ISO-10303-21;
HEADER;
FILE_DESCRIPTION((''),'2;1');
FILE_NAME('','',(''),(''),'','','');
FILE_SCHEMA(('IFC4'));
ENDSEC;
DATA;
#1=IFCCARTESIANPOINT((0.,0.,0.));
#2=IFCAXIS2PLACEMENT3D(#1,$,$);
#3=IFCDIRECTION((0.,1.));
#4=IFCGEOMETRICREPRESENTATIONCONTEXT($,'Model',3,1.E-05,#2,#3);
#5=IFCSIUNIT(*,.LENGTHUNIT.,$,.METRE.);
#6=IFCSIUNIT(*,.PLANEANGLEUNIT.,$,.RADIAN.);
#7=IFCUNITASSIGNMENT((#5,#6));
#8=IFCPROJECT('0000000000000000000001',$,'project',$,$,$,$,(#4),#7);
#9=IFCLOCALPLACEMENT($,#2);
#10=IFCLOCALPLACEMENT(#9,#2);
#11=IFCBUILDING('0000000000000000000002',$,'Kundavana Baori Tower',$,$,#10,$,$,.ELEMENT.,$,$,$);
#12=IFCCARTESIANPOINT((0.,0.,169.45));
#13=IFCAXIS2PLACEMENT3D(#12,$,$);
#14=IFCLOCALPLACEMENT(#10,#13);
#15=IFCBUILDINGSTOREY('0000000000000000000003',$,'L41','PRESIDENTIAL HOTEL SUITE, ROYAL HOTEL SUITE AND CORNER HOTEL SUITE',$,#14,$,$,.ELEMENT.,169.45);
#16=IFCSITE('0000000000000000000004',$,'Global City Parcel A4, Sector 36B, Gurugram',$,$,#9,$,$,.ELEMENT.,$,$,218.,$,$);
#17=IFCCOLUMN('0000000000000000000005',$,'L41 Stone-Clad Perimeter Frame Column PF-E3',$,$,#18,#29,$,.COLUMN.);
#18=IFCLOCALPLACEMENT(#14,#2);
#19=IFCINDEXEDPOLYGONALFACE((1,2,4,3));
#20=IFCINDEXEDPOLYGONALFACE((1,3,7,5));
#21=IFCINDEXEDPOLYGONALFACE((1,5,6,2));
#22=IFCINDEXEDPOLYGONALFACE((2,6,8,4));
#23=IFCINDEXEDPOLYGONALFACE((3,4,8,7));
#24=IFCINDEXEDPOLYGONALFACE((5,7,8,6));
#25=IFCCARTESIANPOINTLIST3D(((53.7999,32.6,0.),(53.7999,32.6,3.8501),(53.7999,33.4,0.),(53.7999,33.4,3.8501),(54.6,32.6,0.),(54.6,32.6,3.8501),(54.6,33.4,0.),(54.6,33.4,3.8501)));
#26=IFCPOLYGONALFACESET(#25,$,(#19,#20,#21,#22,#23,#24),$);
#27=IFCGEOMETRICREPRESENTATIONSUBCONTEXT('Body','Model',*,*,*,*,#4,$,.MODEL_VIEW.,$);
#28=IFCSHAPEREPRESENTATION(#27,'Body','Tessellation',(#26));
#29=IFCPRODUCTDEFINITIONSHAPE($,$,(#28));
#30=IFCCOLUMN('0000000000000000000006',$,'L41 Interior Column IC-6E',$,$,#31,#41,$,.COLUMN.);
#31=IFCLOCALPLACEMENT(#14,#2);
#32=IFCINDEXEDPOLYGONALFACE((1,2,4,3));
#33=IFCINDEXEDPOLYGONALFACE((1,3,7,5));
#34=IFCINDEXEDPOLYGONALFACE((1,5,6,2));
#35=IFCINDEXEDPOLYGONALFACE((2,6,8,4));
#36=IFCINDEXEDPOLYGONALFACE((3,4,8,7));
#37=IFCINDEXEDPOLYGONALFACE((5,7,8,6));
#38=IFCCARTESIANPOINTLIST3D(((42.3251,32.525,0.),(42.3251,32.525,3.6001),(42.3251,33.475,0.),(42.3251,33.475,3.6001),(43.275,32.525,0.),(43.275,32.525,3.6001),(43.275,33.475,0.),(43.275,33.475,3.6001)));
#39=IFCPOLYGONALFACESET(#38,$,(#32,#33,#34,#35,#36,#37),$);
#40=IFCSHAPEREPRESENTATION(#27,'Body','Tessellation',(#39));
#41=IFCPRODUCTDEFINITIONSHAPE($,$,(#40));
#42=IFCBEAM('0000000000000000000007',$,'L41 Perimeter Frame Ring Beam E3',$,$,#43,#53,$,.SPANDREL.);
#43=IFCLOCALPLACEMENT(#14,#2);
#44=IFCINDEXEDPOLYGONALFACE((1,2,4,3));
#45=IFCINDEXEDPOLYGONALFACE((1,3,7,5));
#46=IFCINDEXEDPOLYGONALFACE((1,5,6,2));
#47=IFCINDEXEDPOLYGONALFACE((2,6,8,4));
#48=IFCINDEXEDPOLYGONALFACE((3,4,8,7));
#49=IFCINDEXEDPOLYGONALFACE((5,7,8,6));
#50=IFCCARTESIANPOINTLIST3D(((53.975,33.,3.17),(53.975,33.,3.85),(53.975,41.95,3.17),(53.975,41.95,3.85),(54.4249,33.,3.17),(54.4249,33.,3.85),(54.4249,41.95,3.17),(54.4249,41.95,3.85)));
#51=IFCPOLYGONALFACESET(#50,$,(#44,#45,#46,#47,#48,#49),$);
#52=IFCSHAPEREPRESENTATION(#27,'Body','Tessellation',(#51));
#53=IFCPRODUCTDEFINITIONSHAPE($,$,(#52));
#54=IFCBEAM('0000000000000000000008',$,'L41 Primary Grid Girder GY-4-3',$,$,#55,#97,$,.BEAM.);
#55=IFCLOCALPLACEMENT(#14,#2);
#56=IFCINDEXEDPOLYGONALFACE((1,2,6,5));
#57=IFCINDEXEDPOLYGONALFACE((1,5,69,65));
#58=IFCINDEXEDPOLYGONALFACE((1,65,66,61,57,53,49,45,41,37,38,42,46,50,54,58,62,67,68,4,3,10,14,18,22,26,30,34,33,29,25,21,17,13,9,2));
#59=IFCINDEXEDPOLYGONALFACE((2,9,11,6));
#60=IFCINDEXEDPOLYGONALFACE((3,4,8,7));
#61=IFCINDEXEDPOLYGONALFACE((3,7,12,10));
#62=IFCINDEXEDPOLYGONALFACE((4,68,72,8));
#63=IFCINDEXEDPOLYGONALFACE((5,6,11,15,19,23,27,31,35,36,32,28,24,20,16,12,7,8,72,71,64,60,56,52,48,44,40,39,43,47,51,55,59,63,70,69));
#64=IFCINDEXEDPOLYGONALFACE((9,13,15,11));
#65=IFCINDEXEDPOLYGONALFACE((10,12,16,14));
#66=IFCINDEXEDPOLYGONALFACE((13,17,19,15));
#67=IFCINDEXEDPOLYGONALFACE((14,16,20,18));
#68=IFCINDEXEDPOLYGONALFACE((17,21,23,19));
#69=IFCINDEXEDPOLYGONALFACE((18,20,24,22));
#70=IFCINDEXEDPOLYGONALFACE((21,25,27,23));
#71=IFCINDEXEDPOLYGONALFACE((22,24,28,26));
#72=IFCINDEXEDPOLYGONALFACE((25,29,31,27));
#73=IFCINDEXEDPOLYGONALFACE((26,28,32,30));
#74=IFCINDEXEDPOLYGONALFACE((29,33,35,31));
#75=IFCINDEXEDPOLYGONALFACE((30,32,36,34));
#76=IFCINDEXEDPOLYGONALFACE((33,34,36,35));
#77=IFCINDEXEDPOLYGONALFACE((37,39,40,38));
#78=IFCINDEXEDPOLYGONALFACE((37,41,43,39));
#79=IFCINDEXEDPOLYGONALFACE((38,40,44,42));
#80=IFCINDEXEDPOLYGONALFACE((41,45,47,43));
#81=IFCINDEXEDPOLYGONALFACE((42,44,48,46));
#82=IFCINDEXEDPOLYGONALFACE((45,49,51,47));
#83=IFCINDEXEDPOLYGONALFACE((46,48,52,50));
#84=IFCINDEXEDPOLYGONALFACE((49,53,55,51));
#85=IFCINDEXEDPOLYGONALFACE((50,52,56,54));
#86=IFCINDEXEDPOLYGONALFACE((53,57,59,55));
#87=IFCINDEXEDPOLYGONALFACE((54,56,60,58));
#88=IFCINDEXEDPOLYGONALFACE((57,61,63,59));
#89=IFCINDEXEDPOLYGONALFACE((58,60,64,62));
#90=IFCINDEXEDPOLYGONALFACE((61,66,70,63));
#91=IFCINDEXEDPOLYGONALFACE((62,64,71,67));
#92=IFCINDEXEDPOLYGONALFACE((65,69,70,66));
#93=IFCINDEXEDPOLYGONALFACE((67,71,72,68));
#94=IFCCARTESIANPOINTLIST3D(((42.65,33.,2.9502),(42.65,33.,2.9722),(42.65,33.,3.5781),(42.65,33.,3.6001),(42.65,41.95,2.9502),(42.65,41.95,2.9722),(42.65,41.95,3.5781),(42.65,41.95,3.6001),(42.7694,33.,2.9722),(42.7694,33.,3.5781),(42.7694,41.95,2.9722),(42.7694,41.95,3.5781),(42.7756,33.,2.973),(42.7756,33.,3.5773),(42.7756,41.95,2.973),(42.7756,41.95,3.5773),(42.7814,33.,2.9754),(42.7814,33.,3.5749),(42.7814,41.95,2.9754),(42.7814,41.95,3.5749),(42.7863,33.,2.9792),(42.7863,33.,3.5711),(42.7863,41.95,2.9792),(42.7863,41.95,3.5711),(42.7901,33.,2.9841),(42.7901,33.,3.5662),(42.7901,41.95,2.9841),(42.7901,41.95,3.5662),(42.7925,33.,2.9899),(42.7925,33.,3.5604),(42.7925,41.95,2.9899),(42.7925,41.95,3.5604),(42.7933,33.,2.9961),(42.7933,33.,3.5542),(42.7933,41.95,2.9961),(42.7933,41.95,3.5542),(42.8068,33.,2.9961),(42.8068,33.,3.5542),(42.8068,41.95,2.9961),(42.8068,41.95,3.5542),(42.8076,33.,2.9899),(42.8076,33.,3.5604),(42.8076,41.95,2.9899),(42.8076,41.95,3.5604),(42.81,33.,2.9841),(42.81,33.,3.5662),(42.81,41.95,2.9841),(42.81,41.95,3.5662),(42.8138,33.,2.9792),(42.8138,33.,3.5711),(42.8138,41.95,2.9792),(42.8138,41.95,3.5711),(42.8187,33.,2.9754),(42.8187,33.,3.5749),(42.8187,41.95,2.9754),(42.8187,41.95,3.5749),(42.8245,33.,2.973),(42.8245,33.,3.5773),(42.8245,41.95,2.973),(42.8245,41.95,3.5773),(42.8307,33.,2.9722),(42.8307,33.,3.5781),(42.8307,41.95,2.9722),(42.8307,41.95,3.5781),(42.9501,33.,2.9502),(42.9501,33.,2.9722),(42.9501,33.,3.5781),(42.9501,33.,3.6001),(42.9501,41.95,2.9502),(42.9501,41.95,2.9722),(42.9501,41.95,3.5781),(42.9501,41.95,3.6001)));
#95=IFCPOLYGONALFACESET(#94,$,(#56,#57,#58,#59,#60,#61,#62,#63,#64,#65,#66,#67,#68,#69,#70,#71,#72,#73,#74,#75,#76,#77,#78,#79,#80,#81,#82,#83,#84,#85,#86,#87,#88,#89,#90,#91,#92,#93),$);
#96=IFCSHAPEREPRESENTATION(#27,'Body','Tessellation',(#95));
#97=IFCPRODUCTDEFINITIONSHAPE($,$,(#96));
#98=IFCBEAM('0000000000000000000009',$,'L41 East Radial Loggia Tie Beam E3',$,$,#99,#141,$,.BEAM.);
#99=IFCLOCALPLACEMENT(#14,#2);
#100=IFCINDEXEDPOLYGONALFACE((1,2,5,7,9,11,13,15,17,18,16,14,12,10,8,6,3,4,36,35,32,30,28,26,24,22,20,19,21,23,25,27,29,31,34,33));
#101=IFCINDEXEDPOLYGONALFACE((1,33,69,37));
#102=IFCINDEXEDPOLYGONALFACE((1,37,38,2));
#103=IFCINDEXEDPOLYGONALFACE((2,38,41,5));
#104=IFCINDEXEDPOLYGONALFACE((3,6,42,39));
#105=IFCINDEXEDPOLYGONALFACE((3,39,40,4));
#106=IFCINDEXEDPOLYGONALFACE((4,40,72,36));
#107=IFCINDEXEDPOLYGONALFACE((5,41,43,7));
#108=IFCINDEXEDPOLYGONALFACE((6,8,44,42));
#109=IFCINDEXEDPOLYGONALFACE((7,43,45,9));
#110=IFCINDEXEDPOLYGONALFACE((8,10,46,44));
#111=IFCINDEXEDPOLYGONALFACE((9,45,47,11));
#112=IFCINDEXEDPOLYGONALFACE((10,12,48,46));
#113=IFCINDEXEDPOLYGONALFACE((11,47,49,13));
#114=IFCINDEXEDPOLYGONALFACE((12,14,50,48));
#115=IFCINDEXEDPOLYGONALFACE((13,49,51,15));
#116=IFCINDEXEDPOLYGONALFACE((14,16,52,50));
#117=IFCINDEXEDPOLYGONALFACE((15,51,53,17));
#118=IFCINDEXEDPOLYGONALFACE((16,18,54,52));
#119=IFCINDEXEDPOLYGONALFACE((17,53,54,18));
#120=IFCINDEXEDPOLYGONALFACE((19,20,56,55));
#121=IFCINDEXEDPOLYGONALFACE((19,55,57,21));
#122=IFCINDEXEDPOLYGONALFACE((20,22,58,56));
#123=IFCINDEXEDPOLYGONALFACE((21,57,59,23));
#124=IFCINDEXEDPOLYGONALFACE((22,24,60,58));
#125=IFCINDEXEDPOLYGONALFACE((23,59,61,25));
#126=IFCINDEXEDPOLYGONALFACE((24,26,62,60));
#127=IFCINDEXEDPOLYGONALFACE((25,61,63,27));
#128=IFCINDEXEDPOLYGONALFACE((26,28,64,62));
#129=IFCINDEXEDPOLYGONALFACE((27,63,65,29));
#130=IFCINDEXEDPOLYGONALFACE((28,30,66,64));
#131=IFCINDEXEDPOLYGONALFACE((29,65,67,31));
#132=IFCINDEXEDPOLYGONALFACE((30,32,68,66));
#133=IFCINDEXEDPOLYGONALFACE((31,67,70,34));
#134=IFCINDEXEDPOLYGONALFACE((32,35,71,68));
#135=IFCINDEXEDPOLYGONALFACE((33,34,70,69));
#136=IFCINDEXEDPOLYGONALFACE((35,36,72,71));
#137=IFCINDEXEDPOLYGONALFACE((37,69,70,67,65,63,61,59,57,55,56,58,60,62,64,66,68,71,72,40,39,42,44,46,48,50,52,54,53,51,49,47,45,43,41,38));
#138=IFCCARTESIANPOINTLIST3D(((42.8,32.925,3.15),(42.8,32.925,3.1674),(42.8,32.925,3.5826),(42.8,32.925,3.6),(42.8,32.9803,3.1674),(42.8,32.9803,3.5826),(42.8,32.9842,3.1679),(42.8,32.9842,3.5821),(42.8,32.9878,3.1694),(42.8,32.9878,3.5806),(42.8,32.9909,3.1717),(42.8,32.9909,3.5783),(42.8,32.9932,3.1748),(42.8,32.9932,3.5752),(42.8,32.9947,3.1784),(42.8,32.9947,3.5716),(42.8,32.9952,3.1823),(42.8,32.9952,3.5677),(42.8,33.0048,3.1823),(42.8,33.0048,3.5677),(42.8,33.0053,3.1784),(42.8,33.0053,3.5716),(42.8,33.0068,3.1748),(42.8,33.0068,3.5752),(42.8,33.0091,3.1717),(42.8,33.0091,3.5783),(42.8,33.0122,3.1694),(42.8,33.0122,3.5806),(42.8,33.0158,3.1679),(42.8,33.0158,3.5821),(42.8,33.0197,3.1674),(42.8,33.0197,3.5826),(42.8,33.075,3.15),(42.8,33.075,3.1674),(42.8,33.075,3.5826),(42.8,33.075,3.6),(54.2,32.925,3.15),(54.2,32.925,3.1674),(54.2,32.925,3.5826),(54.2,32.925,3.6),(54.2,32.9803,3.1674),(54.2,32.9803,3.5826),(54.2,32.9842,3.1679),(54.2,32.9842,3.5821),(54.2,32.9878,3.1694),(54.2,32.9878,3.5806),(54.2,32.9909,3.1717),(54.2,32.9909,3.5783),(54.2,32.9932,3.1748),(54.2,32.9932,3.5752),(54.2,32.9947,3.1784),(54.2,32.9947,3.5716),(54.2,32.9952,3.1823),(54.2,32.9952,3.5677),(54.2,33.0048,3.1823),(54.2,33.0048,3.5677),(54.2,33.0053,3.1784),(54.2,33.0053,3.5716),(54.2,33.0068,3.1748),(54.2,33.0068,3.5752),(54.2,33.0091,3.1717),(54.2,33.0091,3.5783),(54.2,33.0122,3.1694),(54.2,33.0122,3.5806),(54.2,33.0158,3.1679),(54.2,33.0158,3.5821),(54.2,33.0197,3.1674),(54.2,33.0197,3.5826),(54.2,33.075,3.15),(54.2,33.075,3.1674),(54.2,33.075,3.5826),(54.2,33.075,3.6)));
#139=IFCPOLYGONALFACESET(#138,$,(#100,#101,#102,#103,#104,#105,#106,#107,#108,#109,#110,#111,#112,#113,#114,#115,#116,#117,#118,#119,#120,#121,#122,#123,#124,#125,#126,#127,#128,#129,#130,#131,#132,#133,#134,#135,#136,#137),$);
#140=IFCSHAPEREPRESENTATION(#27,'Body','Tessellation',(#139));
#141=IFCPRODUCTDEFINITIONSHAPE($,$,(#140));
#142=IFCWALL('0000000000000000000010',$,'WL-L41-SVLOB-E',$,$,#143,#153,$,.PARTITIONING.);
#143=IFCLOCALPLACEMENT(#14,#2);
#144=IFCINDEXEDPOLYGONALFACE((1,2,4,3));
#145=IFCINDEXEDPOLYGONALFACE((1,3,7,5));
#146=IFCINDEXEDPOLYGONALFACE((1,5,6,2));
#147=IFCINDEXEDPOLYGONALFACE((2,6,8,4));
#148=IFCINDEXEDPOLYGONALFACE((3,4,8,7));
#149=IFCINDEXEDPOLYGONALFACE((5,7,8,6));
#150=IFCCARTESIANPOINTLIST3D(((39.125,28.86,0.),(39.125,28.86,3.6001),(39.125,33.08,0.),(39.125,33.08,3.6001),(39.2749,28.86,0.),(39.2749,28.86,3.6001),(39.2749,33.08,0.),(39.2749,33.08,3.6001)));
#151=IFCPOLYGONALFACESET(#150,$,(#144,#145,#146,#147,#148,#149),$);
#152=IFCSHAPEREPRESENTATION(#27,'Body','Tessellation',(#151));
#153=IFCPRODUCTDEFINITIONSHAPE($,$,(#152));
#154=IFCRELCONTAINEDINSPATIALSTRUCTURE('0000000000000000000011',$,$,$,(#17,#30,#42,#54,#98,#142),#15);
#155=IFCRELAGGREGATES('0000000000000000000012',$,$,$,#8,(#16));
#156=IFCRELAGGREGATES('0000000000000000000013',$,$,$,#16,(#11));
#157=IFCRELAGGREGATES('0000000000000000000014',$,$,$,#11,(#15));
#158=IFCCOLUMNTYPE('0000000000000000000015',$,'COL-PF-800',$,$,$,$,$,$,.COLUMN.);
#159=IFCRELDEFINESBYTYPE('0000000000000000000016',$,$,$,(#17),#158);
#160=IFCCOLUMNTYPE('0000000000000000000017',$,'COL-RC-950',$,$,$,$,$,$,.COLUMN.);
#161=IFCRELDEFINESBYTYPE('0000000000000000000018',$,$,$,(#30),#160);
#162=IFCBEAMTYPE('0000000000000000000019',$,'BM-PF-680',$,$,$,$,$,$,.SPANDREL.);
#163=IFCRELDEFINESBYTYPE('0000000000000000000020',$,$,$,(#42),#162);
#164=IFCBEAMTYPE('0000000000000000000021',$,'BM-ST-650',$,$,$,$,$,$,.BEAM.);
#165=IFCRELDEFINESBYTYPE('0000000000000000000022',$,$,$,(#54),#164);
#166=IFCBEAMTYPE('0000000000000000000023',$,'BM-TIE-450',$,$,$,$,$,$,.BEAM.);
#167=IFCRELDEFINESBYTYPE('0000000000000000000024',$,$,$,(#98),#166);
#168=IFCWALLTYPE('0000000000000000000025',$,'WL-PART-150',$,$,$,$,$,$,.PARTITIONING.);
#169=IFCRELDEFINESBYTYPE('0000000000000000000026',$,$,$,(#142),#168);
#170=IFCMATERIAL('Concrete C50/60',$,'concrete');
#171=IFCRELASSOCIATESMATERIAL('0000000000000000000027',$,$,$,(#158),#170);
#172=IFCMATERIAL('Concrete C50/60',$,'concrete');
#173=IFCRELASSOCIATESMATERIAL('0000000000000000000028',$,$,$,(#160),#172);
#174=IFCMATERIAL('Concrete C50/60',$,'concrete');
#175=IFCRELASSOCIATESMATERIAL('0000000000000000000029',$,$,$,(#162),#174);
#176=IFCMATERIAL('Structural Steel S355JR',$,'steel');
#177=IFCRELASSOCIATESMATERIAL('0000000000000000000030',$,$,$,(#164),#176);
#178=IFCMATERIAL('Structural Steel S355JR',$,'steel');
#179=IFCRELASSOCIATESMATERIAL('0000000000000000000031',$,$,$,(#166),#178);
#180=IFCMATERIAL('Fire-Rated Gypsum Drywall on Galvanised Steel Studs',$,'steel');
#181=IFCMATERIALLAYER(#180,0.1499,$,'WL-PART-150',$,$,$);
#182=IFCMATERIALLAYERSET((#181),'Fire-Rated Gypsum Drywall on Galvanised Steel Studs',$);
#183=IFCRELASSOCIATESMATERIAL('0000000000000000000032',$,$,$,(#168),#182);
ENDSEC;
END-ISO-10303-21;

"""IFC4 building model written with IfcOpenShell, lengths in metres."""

from ifc_helpers import new_model, si_unit, direction, frame, frame_2d, origin, origin_2d, place, context, subcontext, project, spatial, rectangle, i_section, extrude, material, layer, layer_set, material_profile, profile_set, type_object, element, save


model = new_model("IFC4")

# Units and contexts
model_context = context("Model", 3, precision=1e-05, world=origin(), true_north=direction((0.0, 1.0)))
body_context = subcontext(model_context, "Body", "Model", "MODEL_VIEW")
ifc_project = project(units=[si_unit("LENGTHUNIT", "METRE"), si_unit("PLANEANGLEUNIT", "RADIAN")], contexts=[model_context])

# Site, building, storey
site_placement = place(None, origin())
site = spatial("IfcSite", under=ifc_project, at=site_placement, Name="Global City Parcel A4, Sector 36B, Gurugram", CompositionType="ELEMENT", RefElevation=218.0)
building_placement = place(site_placement, origin())
building = spatial("IfcBuilding", under=site, at=building_placement, Name="Kundavana Baori Tower", CompositionType="ELEMENT")
storey_placement = place(building_placement, frame((0.0, 0.0, 169.45)))
storey = spatial("IfcBuildingStorey", under=building, at=storey_placement, Name="L41", Description="PRESIDENTIAL HOTEL SUITE, ROYAL HOTEL SUITE AND CORNER HOTEL SUITE", CompositionType="ELEMENT", Elevation=169.45)

# Columns
ifc_material_1 = material(Name="Concrete C50/60", Category="concrete")
ifc_material_profile_1 = material_profile(ifc_material_1, rectangle(XDim=0.8, YDim=0.8, at=origin_2d()), Name="RC PF 800x800")
ifc_profile_set_1 = profile_set([ifc_material_profile_1], Name="Concrete C50/60")
column_type_1 = type_object("IfcColumnType", Name="COL-PF-800", PredefinedType="COLUMN", material=ifc_profile_set_1)
column_1_placement = place(storey_placement, frame((54.2, 33.0, 0.0), z_axis=(0.0, 0.0, 1.0), x_axis=(1.0, 0.0, 0.0)))
element("IfcColumn", 1, at=column_1_placement, inside=storey, type_object=column_type_1, Name="L41 Stone-Clad Perimeter Frame Column PF-E3", PredefinedType="COLUMN", context=body_context, shape_type="SweptSolid", body=[
    extrude(rectangle(XDim=0.8, YDim=0.8, at=origin_2d()), origin(), (0.0, 0.0, 1.0), 3.8501),
])
ifc_material_2 = material(Name="Concrete C50/60", Category="concrete")
ifc_material_profile_2 = material_profile(ifc_material_2, rectangle(XDim=0.95, YDim=0.95, at=origin_2d()), Name="RC 950x950")
ifc_profile_set_2 = profile_set([ifc_material_profile_2], Name="Concrete C50/60")
column_type_2 = type_object("IfcColumnType", Name="COL-RC-950", PredefinedType="COLUMN", material=ifc_profile_set_2)
column_2_placement = place(storey_placement, frame((42.8, 33.0, 0.0), z_axis=(0.0, 0.0, 1.0), x_axis=(1.0, 0.0, 0.0)))
element("IfcColumn", 2, at=column_2_placement, inside=storey, type_object=column_type_2, Name="L41 Interior Column IC-6E", PredefinedType="COLUMN", context=body_context, shape_type="SweptSolid", body=[
    extrude(rectangle(XDim=0.95, YDim=0.95, at=origin_2d()), origin(), (0.0, 0.0, 1.0), 3.6001),
])

# Beams
ifc_material_3 = material(Name="Concrete C50/60", Category="concrete")
ifc_material_profile_3 = material_profile(ifc_material_3, rectangle(XDim=0.45, YDim=0.6799, at=origin_2d()), Name="RC BM 450x680")
ifc_profile_set_3 = profile_set([ifc_material_profile_3], Name="Concrete C50/60")
beam_type_1 = type_object("IfcBeamType", Name="BM-PF-680", PredefinedType="SPANDREL", material=ifc_profile_set_3)
beam_1_placement = place(storey_placement, frame((54.2, 33.0, 3.51), z_axis=(0.0, 1.0, 0.0), x_axis=(-1.0, 0.0, 0.0)))
element("IfcBeam", 3, at=beam_1_placement, inside=storey, type_object=beam_type_1, Name="L41 Perimeter Frame Ring Beam E3", PredefinedType="SPANDREL", context=body_context, shape_type="SweptSolid", body=[
    extrude(rectangle(XDim=0.45, YDim=0.6799, at=origin_2d()), origin(), (0.0, 0.0, 1.0), 8.95),
])
ifc_material_4 = material(Name="Structural Steel S355JR", Category="steel")
ifc_material_profile_4 = material_profile(ifc_material_4, i_section(OverallWidth=0.3, OverallDepth=0.6499, WebThickness=0.0134, FlangeThickness=0.022, FilletRadius=0.0239, at=origin_2d()), Name="NPB 650x300x155")
ifc_profile_set_4 = profile_set([ifc_material_profile_4], Name="Structural Steel S355JR")
beam_type_2 = type_object("IfcBeamType", Name="BM-ST-650", PredefinedType="BEAM", material=ifc_profile_set_4)
beam_2_placement = place(storey_placement, frame((42.8, 33.0, 3.2751), z_axis=(0.0, 1.0, 0.0), x_axis=(-1.0, 0.0, 0.0)))
element("IfcBeam", 4, at=beam_2_placement, inside=storey, type_object=beam_type_2, Name="L41 Primary Grid Girder GY-4-3", PredefinedType="BEAM", context=body_context, shape_type="SweptSolid", body=[
    extrude(i_section(OverallWidth=0.3, OverallDepth=0.6499, WebThickness=0.0134, FlangeThickness=0.022, FilletRadius=0.0239, at=origin_2d()), origin(), (0.0, 0.0, 1.0), 8.95),
])
ifc_material_5 = material(Name="Structural Steel S355JR", Category="steel")
ifc_material_profile_5 = material_profile(ifc_material_5, i_section(OverallWidth=0.1499, OverallDepth=0.45, WebThickness=0.0095, FlangeThickness=0.0173, FilletRadius=0.0149, at=origin_2d()), Name="ISMB 450")
ifc_profile_set_5 = profile_set([ifc_material_profile_5], Name="Structural Steel S355JR")
beam_type_3 = type_object("IfcBeamType", Name="BM-TIE-450", PredefinedType="BEAM", material=ifc_profile_set_5)
beam_3_placement = place(storey_placement, frame((42.8, 33.0, 3.375), z_axis=(1.0, 0.0, 0.0), x_axis=(0.0, 1.0, 0.0)))
element("IfcBeam", 5, at=beam_3_placement, inside=storey, type_object=beam_type_3, Name="L41 East Radial Loggia Tie Beam E3", PredefinedType="BEAM", context=body_context, shape_type="SweptSolid", body=[
    extrude(i_section(OverallWidth=0.1499, OverallDepth=0.45, WebThickness=0.0095, FlangeThickness=0.0173, FilletRadius=0.0149, at=origin_2d()), origin(), (0.0, 0.0, 1.0), 11.3999),
])

# Wall
ifc_material_6 = material(Name="Fire-Rated Gypsum Drywall on Galvanised Steel Studs", Category="steel")
ifc_layer_1 = layer(ifc_material_6, 0.1499, Name="WL-PART-150")
ifc_layer_set_1 = layer_set([ifc_layer_1], Name="Fire-Rated Gypsum Drywall on Galvanised Steel Studs")
wall_type_1 = type_object("IfcWallType", Name="WL-PART-150", PredefinedType="PARTITIONING", material=ifc_layer_set_1)
wall_1_placement = place(storey_placement, frame((39.2, 28.8601, 0.0), z_axis=(0.0, 0.0, 1.0), x_axis=(0.0, 1.0, 0.0)))
element("IfcWall", 6, at=wall_1_placement, inside=storey, type_object=wall_type_1, Name="WL-L41-SVLOB-E", PredefinedType="PARTITIONING", context=body_context, shape_type="SweptSolid", body=[
    extrude(rectangle(XDim=4.22, YDim=0.1499, at=frame_2d((2.1099, 0.0))), origin(), (0.0, 0.0, 1.0), 3.6001),
])

save(model, "model.ifc")
